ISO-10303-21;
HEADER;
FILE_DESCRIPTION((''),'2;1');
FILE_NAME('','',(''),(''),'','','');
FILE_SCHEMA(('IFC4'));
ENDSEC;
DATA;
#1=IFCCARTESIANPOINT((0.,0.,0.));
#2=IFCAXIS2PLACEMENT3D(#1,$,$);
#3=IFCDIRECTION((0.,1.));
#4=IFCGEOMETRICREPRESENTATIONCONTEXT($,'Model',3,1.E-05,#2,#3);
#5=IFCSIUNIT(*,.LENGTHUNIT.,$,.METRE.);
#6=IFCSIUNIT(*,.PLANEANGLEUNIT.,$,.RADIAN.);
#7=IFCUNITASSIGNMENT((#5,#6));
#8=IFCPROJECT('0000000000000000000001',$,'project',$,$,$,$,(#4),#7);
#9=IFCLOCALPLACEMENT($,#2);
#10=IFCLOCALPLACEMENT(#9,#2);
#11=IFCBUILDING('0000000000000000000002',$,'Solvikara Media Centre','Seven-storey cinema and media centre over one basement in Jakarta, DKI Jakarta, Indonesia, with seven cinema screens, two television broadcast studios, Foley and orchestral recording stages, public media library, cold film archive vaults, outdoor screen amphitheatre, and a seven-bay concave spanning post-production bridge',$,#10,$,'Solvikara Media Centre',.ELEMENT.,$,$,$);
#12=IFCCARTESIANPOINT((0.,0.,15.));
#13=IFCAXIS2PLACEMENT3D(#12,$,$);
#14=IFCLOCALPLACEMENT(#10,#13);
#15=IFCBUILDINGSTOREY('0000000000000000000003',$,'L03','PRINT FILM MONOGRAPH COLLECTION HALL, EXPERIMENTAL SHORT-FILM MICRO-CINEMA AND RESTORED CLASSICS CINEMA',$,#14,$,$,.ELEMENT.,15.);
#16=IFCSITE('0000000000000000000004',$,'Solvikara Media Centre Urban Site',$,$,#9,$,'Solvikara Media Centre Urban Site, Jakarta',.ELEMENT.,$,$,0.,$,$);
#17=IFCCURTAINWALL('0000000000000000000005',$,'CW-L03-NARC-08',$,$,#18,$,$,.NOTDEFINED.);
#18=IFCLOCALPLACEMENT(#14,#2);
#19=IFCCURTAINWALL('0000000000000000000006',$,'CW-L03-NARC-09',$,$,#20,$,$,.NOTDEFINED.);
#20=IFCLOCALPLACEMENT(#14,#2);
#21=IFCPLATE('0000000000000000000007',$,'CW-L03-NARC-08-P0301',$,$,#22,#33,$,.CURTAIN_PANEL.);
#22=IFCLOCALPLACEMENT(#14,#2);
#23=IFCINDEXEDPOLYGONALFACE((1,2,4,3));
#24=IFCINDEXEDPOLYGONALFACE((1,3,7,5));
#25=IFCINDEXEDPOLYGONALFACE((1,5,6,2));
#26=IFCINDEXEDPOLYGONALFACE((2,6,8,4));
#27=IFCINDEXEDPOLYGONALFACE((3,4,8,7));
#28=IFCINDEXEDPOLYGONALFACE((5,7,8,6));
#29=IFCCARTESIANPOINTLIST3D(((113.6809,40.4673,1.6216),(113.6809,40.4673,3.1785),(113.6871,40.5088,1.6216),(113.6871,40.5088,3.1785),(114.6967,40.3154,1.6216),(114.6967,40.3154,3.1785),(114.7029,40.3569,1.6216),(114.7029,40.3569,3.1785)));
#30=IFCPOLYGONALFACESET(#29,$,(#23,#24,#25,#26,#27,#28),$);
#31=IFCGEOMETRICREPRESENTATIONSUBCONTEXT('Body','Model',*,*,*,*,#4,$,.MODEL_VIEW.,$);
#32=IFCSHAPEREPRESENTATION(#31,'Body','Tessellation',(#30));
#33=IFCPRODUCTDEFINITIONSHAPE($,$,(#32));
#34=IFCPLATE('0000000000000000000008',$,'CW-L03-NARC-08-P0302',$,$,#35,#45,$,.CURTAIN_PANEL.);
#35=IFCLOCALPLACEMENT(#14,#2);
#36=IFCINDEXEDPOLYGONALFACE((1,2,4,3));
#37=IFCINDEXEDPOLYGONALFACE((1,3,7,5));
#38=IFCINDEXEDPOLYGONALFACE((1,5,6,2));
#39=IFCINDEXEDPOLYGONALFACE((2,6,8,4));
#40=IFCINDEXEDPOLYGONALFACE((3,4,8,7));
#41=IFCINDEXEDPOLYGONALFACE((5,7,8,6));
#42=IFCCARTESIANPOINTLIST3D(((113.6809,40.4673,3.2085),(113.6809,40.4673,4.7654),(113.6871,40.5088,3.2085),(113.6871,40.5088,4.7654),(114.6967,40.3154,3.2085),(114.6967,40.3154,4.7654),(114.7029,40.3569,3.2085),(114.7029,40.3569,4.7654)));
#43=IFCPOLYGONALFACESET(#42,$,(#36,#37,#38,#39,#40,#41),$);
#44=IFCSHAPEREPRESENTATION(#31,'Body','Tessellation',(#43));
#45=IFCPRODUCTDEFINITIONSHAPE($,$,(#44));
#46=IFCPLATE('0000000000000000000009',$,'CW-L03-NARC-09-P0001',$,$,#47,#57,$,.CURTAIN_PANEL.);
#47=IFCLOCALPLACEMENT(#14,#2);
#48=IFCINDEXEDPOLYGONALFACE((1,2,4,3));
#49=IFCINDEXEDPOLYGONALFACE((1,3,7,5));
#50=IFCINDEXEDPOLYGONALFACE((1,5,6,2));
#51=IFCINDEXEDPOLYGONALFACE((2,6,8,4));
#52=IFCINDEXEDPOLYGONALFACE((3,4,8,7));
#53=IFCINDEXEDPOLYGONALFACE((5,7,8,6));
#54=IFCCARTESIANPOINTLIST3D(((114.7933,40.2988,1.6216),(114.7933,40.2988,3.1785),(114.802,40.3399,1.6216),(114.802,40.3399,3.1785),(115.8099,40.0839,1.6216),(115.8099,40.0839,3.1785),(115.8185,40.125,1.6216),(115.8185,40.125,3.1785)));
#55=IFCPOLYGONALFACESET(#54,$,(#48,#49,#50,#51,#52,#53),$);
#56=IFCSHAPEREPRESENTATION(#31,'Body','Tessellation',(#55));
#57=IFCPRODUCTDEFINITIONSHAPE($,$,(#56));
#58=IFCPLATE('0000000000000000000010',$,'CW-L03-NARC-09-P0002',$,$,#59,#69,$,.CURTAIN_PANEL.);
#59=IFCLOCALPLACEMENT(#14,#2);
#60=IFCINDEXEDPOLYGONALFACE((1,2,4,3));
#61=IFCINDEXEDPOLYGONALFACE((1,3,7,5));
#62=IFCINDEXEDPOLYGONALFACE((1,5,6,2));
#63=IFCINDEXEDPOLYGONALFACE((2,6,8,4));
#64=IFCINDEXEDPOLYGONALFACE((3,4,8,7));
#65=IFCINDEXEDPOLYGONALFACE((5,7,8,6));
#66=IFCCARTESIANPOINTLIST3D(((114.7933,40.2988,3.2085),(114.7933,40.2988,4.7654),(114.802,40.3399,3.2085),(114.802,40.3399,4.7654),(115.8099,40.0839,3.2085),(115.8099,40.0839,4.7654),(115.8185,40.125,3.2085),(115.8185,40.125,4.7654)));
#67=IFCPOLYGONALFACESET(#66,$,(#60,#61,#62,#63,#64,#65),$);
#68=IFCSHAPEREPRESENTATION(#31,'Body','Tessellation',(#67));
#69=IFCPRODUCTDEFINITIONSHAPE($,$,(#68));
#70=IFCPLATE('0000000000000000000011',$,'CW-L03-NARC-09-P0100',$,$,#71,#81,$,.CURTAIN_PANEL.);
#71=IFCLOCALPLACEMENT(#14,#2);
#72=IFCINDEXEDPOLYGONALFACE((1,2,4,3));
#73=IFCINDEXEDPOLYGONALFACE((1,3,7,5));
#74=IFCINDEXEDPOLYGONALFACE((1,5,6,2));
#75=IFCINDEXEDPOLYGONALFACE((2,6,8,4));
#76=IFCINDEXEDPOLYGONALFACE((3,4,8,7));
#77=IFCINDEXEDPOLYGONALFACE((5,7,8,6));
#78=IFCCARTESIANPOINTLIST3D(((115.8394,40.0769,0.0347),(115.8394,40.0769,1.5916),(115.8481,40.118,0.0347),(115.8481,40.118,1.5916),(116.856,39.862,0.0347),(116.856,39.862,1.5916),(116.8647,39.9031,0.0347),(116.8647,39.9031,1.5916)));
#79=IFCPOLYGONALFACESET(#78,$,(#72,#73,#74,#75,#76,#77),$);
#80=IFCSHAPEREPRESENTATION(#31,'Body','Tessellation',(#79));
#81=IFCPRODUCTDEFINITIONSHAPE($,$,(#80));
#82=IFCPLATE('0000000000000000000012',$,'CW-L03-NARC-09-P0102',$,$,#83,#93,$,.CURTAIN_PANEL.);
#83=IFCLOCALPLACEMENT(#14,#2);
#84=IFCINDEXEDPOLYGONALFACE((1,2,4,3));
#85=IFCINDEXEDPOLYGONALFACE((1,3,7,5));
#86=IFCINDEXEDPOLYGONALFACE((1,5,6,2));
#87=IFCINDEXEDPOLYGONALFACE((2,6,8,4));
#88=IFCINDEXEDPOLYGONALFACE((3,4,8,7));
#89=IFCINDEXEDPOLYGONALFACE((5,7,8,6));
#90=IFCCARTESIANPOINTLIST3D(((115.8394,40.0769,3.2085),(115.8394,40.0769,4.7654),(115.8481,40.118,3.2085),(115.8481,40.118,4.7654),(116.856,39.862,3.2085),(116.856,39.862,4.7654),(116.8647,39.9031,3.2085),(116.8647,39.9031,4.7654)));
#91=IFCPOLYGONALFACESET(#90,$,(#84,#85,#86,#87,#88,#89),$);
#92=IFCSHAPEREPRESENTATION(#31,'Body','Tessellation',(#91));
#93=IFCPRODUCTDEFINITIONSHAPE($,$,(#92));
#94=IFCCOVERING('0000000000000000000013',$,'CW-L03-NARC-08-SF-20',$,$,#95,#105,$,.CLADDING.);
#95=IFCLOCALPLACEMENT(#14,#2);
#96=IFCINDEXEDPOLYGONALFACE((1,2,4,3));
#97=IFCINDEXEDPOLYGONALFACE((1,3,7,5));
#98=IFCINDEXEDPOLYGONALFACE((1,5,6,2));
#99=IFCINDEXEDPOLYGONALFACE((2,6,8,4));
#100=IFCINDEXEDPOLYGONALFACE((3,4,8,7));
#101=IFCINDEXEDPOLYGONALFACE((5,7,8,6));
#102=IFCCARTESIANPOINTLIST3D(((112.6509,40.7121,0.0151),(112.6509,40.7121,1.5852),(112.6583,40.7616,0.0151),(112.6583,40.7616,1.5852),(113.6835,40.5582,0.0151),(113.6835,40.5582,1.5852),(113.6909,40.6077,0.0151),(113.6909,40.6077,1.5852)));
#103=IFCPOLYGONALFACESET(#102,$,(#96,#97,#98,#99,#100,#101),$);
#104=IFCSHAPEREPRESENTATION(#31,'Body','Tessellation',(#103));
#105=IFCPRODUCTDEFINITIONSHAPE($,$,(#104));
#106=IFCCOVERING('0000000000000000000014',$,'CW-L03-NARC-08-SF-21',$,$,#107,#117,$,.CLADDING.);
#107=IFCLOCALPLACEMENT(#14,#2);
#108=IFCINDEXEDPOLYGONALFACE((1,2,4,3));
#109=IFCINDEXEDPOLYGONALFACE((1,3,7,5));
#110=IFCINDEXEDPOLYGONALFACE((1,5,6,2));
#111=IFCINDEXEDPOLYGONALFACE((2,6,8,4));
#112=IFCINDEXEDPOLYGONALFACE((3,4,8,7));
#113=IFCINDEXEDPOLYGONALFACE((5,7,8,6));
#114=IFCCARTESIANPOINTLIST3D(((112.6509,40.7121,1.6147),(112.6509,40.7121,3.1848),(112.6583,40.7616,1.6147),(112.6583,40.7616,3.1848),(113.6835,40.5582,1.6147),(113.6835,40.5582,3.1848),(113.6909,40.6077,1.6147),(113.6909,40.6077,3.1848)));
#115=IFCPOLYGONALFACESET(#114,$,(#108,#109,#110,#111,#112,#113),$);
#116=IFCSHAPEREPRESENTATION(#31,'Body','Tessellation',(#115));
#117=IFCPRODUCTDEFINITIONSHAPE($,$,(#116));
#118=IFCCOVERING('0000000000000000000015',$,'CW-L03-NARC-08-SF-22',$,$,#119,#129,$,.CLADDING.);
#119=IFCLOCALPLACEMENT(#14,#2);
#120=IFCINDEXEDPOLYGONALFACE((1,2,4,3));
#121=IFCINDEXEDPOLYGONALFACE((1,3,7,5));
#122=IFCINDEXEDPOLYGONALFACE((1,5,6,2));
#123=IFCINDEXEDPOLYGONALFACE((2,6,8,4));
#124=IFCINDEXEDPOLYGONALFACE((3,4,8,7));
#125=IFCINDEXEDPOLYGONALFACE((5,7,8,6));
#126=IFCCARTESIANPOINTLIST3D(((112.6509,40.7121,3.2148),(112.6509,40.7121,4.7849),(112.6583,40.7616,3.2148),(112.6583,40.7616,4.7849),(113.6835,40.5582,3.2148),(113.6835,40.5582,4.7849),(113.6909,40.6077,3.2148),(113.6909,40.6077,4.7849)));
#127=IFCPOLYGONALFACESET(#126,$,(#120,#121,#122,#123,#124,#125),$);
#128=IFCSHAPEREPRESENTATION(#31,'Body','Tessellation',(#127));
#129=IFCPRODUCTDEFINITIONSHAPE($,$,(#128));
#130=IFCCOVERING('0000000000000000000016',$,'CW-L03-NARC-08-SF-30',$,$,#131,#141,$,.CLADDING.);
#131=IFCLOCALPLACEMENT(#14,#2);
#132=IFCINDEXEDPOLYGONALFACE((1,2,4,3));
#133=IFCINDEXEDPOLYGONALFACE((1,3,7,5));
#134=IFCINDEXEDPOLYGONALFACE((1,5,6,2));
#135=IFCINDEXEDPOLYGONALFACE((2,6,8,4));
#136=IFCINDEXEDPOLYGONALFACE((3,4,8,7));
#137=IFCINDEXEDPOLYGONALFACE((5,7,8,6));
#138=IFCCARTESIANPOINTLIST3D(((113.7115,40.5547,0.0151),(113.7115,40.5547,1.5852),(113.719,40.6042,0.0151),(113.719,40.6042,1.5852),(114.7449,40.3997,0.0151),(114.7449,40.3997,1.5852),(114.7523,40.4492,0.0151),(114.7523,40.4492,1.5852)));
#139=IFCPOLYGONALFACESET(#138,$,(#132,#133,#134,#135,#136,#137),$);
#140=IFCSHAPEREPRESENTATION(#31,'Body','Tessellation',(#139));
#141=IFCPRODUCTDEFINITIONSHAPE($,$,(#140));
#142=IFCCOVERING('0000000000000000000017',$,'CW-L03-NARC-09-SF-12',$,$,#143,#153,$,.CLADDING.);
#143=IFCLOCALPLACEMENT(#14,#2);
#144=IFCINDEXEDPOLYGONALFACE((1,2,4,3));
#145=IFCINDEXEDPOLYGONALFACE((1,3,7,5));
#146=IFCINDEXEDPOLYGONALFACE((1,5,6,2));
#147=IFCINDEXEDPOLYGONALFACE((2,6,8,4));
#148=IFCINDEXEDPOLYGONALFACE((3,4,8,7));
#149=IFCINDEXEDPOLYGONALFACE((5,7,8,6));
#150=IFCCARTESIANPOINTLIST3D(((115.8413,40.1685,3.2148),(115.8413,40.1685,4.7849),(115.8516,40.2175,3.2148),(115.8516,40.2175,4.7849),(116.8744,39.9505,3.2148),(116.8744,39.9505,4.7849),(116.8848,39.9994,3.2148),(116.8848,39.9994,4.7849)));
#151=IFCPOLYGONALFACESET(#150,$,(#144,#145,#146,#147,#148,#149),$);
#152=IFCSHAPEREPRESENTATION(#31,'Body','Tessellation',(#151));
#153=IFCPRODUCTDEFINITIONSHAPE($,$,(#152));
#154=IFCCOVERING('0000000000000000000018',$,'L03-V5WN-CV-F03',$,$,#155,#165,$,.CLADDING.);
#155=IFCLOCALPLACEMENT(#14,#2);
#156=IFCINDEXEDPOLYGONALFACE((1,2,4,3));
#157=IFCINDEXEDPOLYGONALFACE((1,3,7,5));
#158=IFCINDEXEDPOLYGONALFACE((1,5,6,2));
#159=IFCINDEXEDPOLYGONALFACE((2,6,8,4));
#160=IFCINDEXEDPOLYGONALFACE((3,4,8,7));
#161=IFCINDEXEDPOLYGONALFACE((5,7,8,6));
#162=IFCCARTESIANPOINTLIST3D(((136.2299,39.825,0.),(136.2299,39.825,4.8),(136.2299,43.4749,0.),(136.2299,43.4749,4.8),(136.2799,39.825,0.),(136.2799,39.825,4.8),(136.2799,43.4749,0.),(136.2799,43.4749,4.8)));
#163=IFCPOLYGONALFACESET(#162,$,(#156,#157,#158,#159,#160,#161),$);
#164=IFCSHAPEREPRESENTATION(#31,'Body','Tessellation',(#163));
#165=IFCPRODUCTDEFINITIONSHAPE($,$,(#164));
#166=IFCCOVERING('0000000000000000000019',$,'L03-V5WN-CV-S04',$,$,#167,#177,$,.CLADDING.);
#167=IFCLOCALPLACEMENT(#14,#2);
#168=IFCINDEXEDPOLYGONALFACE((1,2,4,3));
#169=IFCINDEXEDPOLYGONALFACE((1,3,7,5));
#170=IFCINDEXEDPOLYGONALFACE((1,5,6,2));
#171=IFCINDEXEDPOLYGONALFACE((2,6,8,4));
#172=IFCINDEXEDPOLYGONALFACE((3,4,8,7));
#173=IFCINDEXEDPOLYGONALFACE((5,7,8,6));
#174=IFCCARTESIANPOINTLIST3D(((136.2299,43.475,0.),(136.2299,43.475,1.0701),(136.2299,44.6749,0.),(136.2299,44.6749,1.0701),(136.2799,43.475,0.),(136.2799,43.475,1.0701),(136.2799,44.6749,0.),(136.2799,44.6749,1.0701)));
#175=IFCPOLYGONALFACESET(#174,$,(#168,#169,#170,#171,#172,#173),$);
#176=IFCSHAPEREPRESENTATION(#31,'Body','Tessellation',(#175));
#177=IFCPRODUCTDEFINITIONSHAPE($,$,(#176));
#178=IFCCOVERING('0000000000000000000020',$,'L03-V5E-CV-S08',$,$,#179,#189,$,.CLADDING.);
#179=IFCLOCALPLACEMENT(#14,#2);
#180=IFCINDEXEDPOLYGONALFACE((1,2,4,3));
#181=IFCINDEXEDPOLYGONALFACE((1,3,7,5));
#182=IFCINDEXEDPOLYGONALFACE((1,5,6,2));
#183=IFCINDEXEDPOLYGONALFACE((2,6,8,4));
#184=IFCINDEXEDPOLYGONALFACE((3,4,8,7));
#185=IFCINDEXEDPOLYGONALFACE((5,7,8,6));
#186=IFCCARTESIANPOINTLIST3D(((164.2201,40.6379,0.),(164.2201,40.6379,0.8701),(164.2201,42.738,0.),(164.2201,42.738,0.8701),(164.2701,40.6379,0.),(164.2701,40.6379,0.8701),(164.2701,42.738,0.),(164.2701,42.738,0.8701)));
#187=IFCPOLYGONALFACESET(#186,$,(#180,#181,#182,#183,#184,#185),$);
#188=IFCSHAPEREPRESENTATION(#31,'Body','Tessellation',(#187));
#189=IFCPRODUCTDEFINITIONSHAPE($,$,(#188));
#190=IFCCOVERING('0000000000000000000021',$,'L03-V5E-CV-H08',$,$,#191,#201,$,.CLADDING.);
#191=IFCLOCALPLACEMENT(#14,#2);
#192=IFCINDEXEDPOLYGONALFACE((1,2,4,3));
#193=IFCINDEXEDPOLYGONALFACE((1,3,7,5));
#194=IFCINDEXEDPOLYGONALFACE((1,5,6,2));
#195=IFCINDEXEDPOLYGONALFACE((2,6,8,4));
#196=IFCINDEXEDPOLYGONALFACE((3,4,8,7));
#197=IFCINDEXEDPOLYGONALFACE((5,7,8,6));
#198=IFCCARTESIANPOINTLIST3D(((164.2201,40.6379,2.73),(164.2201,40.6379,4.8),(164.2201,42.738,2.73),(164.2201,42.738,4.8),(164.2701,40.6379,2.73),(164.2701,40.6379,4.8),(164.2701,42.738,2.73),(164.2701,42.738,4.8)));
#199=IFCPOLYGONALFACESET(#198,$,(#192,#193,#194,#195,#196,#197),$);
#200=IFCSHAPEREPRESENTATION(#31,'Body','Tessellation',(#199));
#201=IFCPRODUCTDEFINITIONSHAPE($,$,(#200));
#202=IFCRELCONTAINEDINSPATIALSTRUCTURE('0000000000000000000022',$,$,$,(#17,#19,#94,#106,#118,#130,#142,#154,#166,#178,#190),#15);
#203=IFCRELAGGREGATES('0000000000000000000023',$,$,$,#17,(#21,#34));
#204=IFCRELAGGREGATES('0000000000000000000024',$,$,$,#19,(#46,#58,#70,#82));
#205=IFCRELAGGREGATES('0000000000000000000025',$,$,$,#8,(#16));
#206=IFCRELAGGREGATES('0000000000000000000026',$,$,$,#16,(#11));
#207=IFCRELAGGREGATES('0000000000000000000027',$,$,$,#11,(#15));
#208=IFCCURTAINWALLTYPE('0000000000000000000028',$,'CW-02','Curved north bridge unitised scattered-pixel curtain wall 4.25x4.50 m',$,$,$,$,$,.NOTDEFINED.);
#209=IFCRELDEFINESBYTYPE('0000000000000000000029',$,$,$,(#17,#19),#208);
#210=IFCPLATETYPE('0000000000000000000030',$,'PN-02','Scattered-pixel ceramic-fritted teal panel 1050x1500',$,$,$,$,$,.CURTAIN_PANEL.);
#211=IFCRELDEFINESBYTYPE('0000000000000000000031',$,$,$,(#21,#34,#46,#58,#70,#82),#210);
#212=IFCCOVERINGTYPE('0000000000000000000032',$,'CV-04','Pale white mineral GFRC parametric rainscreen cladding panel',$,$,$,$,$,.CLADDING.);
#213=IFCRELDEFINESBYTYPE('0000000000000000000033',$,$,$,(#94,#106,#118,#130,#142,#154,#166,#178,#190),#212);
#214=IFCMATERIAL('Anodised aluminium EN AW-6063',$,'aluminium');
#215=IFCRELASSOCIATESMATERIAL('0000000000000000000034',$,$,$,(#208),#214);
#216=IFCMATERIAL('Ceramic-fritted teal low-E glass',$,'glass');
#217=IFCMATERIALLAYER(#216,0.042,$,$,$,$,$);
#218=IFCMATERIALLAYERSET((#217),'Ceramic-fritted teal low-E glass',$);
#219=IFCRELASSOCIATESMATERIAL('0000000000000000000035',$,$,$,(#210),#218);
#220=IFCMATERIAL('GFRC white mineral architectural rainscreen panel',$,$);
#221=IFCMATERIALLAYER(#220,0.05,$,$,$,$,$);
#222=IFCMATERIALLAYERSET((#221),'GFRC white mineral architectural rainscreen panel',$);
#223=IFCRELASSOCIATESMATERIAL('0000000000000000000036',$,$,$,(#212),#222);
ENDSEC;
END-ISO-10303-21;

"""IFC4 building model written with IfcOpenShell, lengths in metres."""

from ifc_helpers import new_model, si_unit, direction, frame, origin, origin_2d, place, context, subcontext, project, spatial, rectangle, extrude, material, layer, layer_set, type_object, element, aggregate, save


model = new_model("IFC4")

# Units and contexts
model_context = context("Model", 3, precision=1e-05, world=origin(), true_north=direction((0.0, 1.0)))
body_context = subcontext(model_context, "Body", "Model", "MODEL_VIEW")
ifc_project = project(units=[si_unit("LENGTHUNIT", "METRE"), si_unit("PLANEANGLEUNIT", "RADIAN")], contexts=[model_context])

# Site, building, storey
site_placement = place(None, origin())
site = spatial("IfcSite", under=ifc_project, at=site_placement, Name="Solvikara Media Centre Urban Site", LongName="Solvikara Media Centre Urban Site, Jakarta", CompositionType="ELEMENT", RefElevation=0.0)
building_placement = place(site_placement, origin())
building = spatial("IfcBuilding", under=site, at=building_placement, Name="Solvikara Media Centre", Description="Seven-storey cinema and media centre over one basement in Jakarta, DKI Jakarta, Indonesia, with seven cinema screens, two television broadcast studios, Foley and orchestral recording stages, public media library, cold film archive vaults, outdoor screen amphitheatre, and a seven-bay concave spanning post-production bridge", LongName="Solvikara Media Centre", CompositionType="ELEMENT")
storey_placement = place(building_placement, frame((0.0, 0.0, 15.0)))
storey = spatial("IfcBuildingStorey", under=building, at=storey_placement, Name="L03", Description="PRINT FILM MONOGRAPH COLLECTION HALL, EXPERIMENTAL SHORT-FILM MICRO-CINEMA AND RESTORED CLASSICS CINEMA", CompositionType="ELEMENT", Elevation=15.0)

# Curtain walls
ifc_material_1 = material(Name="Anodised aluminium EN AW-6063", Category="aluminium")
curtain_wall_type = type_object("IfcCurtainWallType", Name="CW-02", Description="Curved north bridge unitised scattered-pixel curtain wall 4.25x4.50 m", PredefinedType="NOTDEFINED", material=ifc_material_1)
curtain_wall_1_placement = place(storey_placement, origin())
curtain_wall_1 = element("IfcCurtainWall", 1, at=curtain_wall_1_placement, inside=storey, type_object=curtain_wall_type, Name="CW-L03-NARC-08", PredefinedType="NOTDEFINED")
curtain_wall_2_placement = place(storey_placement, origin())
curtain_wall_2 = element("IfcCurtainWall", 2, at=curtain_wall_2_placement, inside=storey, type_object=curtain_wall_type, Name="CW-L03-NARC-09", PredefinedType="NOTDEFINED")

# Plates
ifc_material_2 = material(Name="Ceramic-fritted teal low-E glass", Category="glass")
ifc_layer_1 = layer(ifc_material_2, 0.042)
ifc_layer_set_1 = layer_set([ifc_layer_1], Name="Ceramic-fritted teal low-E glass")
plate_type_1 = type_object("IfcPlateType", Name="PN-02", Description="Scattered-pixel ceramic-fritted teal panel 1050x1500", PredefinedType="CURTAIN_PANEL", material=ifc_layer_set_1)
plate_1_placement = place(storey_placement, frame((114.1919, 40.4121, 1.6216), z_axis=(0.0, 0.0, 1.0), x_axis=(0.989006, -0.147878, 0.0)))
plate_1 = element("IfcPlate", 3, at=plate_1_placement, type_object=plate_type_1, Name="CW-L03-NARC-08-P0301", PredefinedType="CURTAIN_PANEL", context=body_context, shape_type="SweptSolid", body=[
    extrude(rectangle(XDim=1.0271, YDim=0.042, at=origin_2d()), origin(), (0.0, 0.0, 1.0), 1.5569),
])
plate_2_placement = place(storey_placement, frame((114.1919, 40.4121, 3.2085), z_axis=(0.0, 0.0, 1.0), x_axis=(0.989006, -0.147878, 0.0)))
plate_2 = element("IfcPlate", 4, at=plate_2_placement, type_object=plate_type_1, Name="CW-L03-NARC-08-P0302", PredefinedType="CURTAIN_PANEL", context=body_context, shape_type="SweptSolid", body=[
    extrude(rectangle(XDim=1.0271, YDim=0.042, at=origin_2d()), origin(), (0.0, 0.0, 1.0), 1.5569),
])
aggregate(curtain_wall_1, [plate_1, plate_2])
plate_3_placement = place(storey_placement, frame((115.3059, 40.2119, 1.6216), z_axis=(0.0, 0.0, 1.0), x_axis=(0.978379, -0.206819, 0.0)))
plate_3 = element("IfcPlate", 5, at=plate_3_placement, type_object=plate_type_1, Name="CW-L03-NARC-09-P0001", PredefinedType="CURTAIN_PANEL", context=body_context, shape_type="SweptSolid", body=[
    extrude(rectangle(XDim=1.0391, YDim=0.042, at=origin_2d()), origin(), (0.0, 0.0, 1.0), 1.5569),
])
plate_4_placement = place(storey_placement, frame((115.3059, 40.2119, 3.2085), z_axis=(0.0, 0.0, 1.0), x_axis=(0.978379, -0.206819, 0.0)))
plate_4 = element("IfcPlate", 6, at=plate_4_placement, type_object=plate_type_1, Name="CW-L03-NARC-09-P0002", PredefinedType="CURTAIN_PANEL", context=body_context, shape_type="SweptSolid", body=[
    extrude(rectangle(XDim=1.0391, YDim=0.042, at=origin_2d()), origin(), (0.0, 0.0, 1.0), 1.5569),
])
plate_5_placement = place(storey_placement, frame((116.3521, 39.99, 0.0347), z_axis=(0.0, 0.0, 1.0), x_axis=(0.978379, -0.206819, 0.0)))
plate_5 = element("IfcPlate", 7, at=plate_5_placement, type_object=plate_type_1, Name="CW-L03-NARC-09-P0100", PredefinedType="CURTAIN_PANEL", context=body_context, shape_type="SweptSolid", body=[
    extrude(rectangle(XDim=1.0391, YDim=0.042, at=origin_2d()), origin(), (0.0, 0.0, 1.0), 1.5569),
])
plate_6_placement = place(storey_placement, frame((116.3521, 39.99, 3.2085), z_axis=(0.0, 0.0, 1.0), x_axis=(0.978379, -0.206819, 0.0)))
plate_6 = element("IfcPlate", 8, at=plate_6_placement, type_object=plate_type_1, Name="CW-L03-NARC-09-P0102", PredefinedType="CURTAIN_PANEL", context=body_context, shape_type="SweptSolid", body=[
    extrude(rectangle(XDim=1.0391, YDim=0.042, at=origin_2d()), origin(), (0.0, 0.0, 1.0), 1.5569),
])
aggregate(curtain_wall_2, [plate_3, plate_4, plate_5, plate_6])

# Coverings
ifc_material_3 = material(Name="GFRC white mineral architectural rainscreen panel")
ifc_layer_2 = layer(ifc_material_3, 0.05)
ifc_layer_set_2 = layer_set([ifc_layer_2], Name="GFRC white mineral architectural rainscreen panel")
covering_type_1 = type_object("IfcCoveringType", Name="CV-04", Description="Pale white mineral GFRC parametric rainscreen cladding panel", PredefinedType="CLADDING", material=ifc_layer_set_2)
for number, where, z_axis, x_axis, name in (
    (9, (113.1709, 40.6599, 0.0151), (0.0, 0.0, 1.0), (0.98907, -0.147447, 0.0), "CW-L03-NARC-08-SF-20"),
    (10, (113.1709, 40.6599, 1.6147), (0.0, 0.0, 1.0), (0.98907, -0.147447, 0.0), "CW-L03-NARC-08-SF-21"),
    (11, (113.1709, 40.6599, 3.2148), (0.0, 0.0, 1.0), (0.98907, -0.147447, 0.0), "CW-L03-NARC-08-SF-22"),
):
    element("IfcCovering", number, at=place(storey_placement, frame(where, z_axis=z_axis, x_axis=x_axis)), inside=storey, type_object=covering_type_1, Name=name, PredefinedType="CLADDING", context=body_context, shape_type="SweptSolid", body=[
        extrude(rectangle(XDim=1.0439, YDim=0.05, at=origin_2d()), origin(), (0.0, 0.0, 1.0), 1.5701),
    ])
covering_1_placement = place(storey_placement, frame((114.2319, 40.502, 0.0151), z_axis=(0.0, 0.0, 1.0), x_axis=(0.988931, -0.148379, 0.0)))
element("IfcCovering", 12, at=covering_1_placement, inside=storey, type_object=covering_type_1, Name="CW-L03-NARC-08-SF-30", PredefinedType="CLADDING", context=body_context, shape_type="SweptSolid", body=[
    extrude(rectangle(XDim=1.0449, YDim=0.05, at=origin_2d()), origin(), (0.0, 0.0, 1.0), 1.5701),
])
covering_2_placement = place(storey_placement, frame((116.363, 40.084, 3.2148), z_axis=(0.0, 0.0, 1.0), x_axis=(0.978448, -0.206495, 0.0)))
element("IfcCovering", 13, at=covering_2_placement, inside=storey, type_object=covering_type_1, Name="CW-L03-NARC-09-SF-12", PredefinedType="CLADDING", context=body_context, shape_type="SweptSolid", body=[
    extrude(rectangle(XDim=1.0559, YDim=0.05, at=origin_2d()), origin(), (0.0, 0.0, 1.0), 1.5701),
])
covering_3_placement = place(storey_placement, frame((136.2549, 41.6499, 0.0), z_axis=(0.0, 0.0, 1.0), x_axis=(0.0, 1.0, 0.0)))
element("IfcCovering", 14, at=covering_3_placement, inside=storey, type_object=covering_type_1, Name="L03-V5WN-CV-F03", PredefinedType="CLADDING", context=body_context, shape_type="SweptSolid", body=[
    extrude(rectangle(XDim=3.6499, YDim=0.05, at=origin_2d()), origin(), (0.0, 0.0, 1.0), 4.8),
])
covering_4_placement = place(storey_placement, frame((136.2549, 44.075, 0.0), z_axis=(0.0, 0.0, 1.0), x_axis=(0.0, 1.0, 0.0)))
element("IfcCovering", 15, at=covering_4_placement, inside=storey, type_object=covering_type_1, Name="L03-V5WN-CV-S04", PredefinedType="CLADDING", context=body_context, shape_type="SweptSolid", body=[
    extrude(rectangle(XDim=1.2, YDim=0.05, at=origin_2d()), origin(), (0.0, 0.0, 1.0), 1.0701),
])
covering_5_placement = place(storey_placement, frame((164.2451, 41.688, 0.0), z_axis=(0.0, 0.0, 1.0), x_axis=(0.0, 1.0, 0.0)))
element("IfcCovering", 16, at=covering_5_placement, inside=storey, type_object=covering_type_1, Name="L03-V5E-CV-S08", PredefinedType="CLADDING", context=body_context, shape_type="SweptSolid", body=[
    extrude(rectangle(XDim=2.1001, YDim=0.05, at=origin_2d()), origin(), (0.0, 0.0, 1.0), 0.8701),
])
covering_6_placement = place(storey_placement, frame((164.2451, 41.688, 2.73), z_axis=(0.0, 0.0, 1.0), x_axis=(0.0, 1.0, 0.0)))
element("IfcCovering", 17, at=covering_6_placement, inside=storey, type_object=covering_type_1, Name="L03-V5E-CV-H08", PredefinedType="CLADDING", context=body_context, shape_type="SweptSolid", body=[
    extrude(rectangle(XDim=2.1001, YDim=0.05, at=origin_2d()), origin(), (0.0, 0.0, 1.0), 2.0701),
])

save(model, "model.ifc")
